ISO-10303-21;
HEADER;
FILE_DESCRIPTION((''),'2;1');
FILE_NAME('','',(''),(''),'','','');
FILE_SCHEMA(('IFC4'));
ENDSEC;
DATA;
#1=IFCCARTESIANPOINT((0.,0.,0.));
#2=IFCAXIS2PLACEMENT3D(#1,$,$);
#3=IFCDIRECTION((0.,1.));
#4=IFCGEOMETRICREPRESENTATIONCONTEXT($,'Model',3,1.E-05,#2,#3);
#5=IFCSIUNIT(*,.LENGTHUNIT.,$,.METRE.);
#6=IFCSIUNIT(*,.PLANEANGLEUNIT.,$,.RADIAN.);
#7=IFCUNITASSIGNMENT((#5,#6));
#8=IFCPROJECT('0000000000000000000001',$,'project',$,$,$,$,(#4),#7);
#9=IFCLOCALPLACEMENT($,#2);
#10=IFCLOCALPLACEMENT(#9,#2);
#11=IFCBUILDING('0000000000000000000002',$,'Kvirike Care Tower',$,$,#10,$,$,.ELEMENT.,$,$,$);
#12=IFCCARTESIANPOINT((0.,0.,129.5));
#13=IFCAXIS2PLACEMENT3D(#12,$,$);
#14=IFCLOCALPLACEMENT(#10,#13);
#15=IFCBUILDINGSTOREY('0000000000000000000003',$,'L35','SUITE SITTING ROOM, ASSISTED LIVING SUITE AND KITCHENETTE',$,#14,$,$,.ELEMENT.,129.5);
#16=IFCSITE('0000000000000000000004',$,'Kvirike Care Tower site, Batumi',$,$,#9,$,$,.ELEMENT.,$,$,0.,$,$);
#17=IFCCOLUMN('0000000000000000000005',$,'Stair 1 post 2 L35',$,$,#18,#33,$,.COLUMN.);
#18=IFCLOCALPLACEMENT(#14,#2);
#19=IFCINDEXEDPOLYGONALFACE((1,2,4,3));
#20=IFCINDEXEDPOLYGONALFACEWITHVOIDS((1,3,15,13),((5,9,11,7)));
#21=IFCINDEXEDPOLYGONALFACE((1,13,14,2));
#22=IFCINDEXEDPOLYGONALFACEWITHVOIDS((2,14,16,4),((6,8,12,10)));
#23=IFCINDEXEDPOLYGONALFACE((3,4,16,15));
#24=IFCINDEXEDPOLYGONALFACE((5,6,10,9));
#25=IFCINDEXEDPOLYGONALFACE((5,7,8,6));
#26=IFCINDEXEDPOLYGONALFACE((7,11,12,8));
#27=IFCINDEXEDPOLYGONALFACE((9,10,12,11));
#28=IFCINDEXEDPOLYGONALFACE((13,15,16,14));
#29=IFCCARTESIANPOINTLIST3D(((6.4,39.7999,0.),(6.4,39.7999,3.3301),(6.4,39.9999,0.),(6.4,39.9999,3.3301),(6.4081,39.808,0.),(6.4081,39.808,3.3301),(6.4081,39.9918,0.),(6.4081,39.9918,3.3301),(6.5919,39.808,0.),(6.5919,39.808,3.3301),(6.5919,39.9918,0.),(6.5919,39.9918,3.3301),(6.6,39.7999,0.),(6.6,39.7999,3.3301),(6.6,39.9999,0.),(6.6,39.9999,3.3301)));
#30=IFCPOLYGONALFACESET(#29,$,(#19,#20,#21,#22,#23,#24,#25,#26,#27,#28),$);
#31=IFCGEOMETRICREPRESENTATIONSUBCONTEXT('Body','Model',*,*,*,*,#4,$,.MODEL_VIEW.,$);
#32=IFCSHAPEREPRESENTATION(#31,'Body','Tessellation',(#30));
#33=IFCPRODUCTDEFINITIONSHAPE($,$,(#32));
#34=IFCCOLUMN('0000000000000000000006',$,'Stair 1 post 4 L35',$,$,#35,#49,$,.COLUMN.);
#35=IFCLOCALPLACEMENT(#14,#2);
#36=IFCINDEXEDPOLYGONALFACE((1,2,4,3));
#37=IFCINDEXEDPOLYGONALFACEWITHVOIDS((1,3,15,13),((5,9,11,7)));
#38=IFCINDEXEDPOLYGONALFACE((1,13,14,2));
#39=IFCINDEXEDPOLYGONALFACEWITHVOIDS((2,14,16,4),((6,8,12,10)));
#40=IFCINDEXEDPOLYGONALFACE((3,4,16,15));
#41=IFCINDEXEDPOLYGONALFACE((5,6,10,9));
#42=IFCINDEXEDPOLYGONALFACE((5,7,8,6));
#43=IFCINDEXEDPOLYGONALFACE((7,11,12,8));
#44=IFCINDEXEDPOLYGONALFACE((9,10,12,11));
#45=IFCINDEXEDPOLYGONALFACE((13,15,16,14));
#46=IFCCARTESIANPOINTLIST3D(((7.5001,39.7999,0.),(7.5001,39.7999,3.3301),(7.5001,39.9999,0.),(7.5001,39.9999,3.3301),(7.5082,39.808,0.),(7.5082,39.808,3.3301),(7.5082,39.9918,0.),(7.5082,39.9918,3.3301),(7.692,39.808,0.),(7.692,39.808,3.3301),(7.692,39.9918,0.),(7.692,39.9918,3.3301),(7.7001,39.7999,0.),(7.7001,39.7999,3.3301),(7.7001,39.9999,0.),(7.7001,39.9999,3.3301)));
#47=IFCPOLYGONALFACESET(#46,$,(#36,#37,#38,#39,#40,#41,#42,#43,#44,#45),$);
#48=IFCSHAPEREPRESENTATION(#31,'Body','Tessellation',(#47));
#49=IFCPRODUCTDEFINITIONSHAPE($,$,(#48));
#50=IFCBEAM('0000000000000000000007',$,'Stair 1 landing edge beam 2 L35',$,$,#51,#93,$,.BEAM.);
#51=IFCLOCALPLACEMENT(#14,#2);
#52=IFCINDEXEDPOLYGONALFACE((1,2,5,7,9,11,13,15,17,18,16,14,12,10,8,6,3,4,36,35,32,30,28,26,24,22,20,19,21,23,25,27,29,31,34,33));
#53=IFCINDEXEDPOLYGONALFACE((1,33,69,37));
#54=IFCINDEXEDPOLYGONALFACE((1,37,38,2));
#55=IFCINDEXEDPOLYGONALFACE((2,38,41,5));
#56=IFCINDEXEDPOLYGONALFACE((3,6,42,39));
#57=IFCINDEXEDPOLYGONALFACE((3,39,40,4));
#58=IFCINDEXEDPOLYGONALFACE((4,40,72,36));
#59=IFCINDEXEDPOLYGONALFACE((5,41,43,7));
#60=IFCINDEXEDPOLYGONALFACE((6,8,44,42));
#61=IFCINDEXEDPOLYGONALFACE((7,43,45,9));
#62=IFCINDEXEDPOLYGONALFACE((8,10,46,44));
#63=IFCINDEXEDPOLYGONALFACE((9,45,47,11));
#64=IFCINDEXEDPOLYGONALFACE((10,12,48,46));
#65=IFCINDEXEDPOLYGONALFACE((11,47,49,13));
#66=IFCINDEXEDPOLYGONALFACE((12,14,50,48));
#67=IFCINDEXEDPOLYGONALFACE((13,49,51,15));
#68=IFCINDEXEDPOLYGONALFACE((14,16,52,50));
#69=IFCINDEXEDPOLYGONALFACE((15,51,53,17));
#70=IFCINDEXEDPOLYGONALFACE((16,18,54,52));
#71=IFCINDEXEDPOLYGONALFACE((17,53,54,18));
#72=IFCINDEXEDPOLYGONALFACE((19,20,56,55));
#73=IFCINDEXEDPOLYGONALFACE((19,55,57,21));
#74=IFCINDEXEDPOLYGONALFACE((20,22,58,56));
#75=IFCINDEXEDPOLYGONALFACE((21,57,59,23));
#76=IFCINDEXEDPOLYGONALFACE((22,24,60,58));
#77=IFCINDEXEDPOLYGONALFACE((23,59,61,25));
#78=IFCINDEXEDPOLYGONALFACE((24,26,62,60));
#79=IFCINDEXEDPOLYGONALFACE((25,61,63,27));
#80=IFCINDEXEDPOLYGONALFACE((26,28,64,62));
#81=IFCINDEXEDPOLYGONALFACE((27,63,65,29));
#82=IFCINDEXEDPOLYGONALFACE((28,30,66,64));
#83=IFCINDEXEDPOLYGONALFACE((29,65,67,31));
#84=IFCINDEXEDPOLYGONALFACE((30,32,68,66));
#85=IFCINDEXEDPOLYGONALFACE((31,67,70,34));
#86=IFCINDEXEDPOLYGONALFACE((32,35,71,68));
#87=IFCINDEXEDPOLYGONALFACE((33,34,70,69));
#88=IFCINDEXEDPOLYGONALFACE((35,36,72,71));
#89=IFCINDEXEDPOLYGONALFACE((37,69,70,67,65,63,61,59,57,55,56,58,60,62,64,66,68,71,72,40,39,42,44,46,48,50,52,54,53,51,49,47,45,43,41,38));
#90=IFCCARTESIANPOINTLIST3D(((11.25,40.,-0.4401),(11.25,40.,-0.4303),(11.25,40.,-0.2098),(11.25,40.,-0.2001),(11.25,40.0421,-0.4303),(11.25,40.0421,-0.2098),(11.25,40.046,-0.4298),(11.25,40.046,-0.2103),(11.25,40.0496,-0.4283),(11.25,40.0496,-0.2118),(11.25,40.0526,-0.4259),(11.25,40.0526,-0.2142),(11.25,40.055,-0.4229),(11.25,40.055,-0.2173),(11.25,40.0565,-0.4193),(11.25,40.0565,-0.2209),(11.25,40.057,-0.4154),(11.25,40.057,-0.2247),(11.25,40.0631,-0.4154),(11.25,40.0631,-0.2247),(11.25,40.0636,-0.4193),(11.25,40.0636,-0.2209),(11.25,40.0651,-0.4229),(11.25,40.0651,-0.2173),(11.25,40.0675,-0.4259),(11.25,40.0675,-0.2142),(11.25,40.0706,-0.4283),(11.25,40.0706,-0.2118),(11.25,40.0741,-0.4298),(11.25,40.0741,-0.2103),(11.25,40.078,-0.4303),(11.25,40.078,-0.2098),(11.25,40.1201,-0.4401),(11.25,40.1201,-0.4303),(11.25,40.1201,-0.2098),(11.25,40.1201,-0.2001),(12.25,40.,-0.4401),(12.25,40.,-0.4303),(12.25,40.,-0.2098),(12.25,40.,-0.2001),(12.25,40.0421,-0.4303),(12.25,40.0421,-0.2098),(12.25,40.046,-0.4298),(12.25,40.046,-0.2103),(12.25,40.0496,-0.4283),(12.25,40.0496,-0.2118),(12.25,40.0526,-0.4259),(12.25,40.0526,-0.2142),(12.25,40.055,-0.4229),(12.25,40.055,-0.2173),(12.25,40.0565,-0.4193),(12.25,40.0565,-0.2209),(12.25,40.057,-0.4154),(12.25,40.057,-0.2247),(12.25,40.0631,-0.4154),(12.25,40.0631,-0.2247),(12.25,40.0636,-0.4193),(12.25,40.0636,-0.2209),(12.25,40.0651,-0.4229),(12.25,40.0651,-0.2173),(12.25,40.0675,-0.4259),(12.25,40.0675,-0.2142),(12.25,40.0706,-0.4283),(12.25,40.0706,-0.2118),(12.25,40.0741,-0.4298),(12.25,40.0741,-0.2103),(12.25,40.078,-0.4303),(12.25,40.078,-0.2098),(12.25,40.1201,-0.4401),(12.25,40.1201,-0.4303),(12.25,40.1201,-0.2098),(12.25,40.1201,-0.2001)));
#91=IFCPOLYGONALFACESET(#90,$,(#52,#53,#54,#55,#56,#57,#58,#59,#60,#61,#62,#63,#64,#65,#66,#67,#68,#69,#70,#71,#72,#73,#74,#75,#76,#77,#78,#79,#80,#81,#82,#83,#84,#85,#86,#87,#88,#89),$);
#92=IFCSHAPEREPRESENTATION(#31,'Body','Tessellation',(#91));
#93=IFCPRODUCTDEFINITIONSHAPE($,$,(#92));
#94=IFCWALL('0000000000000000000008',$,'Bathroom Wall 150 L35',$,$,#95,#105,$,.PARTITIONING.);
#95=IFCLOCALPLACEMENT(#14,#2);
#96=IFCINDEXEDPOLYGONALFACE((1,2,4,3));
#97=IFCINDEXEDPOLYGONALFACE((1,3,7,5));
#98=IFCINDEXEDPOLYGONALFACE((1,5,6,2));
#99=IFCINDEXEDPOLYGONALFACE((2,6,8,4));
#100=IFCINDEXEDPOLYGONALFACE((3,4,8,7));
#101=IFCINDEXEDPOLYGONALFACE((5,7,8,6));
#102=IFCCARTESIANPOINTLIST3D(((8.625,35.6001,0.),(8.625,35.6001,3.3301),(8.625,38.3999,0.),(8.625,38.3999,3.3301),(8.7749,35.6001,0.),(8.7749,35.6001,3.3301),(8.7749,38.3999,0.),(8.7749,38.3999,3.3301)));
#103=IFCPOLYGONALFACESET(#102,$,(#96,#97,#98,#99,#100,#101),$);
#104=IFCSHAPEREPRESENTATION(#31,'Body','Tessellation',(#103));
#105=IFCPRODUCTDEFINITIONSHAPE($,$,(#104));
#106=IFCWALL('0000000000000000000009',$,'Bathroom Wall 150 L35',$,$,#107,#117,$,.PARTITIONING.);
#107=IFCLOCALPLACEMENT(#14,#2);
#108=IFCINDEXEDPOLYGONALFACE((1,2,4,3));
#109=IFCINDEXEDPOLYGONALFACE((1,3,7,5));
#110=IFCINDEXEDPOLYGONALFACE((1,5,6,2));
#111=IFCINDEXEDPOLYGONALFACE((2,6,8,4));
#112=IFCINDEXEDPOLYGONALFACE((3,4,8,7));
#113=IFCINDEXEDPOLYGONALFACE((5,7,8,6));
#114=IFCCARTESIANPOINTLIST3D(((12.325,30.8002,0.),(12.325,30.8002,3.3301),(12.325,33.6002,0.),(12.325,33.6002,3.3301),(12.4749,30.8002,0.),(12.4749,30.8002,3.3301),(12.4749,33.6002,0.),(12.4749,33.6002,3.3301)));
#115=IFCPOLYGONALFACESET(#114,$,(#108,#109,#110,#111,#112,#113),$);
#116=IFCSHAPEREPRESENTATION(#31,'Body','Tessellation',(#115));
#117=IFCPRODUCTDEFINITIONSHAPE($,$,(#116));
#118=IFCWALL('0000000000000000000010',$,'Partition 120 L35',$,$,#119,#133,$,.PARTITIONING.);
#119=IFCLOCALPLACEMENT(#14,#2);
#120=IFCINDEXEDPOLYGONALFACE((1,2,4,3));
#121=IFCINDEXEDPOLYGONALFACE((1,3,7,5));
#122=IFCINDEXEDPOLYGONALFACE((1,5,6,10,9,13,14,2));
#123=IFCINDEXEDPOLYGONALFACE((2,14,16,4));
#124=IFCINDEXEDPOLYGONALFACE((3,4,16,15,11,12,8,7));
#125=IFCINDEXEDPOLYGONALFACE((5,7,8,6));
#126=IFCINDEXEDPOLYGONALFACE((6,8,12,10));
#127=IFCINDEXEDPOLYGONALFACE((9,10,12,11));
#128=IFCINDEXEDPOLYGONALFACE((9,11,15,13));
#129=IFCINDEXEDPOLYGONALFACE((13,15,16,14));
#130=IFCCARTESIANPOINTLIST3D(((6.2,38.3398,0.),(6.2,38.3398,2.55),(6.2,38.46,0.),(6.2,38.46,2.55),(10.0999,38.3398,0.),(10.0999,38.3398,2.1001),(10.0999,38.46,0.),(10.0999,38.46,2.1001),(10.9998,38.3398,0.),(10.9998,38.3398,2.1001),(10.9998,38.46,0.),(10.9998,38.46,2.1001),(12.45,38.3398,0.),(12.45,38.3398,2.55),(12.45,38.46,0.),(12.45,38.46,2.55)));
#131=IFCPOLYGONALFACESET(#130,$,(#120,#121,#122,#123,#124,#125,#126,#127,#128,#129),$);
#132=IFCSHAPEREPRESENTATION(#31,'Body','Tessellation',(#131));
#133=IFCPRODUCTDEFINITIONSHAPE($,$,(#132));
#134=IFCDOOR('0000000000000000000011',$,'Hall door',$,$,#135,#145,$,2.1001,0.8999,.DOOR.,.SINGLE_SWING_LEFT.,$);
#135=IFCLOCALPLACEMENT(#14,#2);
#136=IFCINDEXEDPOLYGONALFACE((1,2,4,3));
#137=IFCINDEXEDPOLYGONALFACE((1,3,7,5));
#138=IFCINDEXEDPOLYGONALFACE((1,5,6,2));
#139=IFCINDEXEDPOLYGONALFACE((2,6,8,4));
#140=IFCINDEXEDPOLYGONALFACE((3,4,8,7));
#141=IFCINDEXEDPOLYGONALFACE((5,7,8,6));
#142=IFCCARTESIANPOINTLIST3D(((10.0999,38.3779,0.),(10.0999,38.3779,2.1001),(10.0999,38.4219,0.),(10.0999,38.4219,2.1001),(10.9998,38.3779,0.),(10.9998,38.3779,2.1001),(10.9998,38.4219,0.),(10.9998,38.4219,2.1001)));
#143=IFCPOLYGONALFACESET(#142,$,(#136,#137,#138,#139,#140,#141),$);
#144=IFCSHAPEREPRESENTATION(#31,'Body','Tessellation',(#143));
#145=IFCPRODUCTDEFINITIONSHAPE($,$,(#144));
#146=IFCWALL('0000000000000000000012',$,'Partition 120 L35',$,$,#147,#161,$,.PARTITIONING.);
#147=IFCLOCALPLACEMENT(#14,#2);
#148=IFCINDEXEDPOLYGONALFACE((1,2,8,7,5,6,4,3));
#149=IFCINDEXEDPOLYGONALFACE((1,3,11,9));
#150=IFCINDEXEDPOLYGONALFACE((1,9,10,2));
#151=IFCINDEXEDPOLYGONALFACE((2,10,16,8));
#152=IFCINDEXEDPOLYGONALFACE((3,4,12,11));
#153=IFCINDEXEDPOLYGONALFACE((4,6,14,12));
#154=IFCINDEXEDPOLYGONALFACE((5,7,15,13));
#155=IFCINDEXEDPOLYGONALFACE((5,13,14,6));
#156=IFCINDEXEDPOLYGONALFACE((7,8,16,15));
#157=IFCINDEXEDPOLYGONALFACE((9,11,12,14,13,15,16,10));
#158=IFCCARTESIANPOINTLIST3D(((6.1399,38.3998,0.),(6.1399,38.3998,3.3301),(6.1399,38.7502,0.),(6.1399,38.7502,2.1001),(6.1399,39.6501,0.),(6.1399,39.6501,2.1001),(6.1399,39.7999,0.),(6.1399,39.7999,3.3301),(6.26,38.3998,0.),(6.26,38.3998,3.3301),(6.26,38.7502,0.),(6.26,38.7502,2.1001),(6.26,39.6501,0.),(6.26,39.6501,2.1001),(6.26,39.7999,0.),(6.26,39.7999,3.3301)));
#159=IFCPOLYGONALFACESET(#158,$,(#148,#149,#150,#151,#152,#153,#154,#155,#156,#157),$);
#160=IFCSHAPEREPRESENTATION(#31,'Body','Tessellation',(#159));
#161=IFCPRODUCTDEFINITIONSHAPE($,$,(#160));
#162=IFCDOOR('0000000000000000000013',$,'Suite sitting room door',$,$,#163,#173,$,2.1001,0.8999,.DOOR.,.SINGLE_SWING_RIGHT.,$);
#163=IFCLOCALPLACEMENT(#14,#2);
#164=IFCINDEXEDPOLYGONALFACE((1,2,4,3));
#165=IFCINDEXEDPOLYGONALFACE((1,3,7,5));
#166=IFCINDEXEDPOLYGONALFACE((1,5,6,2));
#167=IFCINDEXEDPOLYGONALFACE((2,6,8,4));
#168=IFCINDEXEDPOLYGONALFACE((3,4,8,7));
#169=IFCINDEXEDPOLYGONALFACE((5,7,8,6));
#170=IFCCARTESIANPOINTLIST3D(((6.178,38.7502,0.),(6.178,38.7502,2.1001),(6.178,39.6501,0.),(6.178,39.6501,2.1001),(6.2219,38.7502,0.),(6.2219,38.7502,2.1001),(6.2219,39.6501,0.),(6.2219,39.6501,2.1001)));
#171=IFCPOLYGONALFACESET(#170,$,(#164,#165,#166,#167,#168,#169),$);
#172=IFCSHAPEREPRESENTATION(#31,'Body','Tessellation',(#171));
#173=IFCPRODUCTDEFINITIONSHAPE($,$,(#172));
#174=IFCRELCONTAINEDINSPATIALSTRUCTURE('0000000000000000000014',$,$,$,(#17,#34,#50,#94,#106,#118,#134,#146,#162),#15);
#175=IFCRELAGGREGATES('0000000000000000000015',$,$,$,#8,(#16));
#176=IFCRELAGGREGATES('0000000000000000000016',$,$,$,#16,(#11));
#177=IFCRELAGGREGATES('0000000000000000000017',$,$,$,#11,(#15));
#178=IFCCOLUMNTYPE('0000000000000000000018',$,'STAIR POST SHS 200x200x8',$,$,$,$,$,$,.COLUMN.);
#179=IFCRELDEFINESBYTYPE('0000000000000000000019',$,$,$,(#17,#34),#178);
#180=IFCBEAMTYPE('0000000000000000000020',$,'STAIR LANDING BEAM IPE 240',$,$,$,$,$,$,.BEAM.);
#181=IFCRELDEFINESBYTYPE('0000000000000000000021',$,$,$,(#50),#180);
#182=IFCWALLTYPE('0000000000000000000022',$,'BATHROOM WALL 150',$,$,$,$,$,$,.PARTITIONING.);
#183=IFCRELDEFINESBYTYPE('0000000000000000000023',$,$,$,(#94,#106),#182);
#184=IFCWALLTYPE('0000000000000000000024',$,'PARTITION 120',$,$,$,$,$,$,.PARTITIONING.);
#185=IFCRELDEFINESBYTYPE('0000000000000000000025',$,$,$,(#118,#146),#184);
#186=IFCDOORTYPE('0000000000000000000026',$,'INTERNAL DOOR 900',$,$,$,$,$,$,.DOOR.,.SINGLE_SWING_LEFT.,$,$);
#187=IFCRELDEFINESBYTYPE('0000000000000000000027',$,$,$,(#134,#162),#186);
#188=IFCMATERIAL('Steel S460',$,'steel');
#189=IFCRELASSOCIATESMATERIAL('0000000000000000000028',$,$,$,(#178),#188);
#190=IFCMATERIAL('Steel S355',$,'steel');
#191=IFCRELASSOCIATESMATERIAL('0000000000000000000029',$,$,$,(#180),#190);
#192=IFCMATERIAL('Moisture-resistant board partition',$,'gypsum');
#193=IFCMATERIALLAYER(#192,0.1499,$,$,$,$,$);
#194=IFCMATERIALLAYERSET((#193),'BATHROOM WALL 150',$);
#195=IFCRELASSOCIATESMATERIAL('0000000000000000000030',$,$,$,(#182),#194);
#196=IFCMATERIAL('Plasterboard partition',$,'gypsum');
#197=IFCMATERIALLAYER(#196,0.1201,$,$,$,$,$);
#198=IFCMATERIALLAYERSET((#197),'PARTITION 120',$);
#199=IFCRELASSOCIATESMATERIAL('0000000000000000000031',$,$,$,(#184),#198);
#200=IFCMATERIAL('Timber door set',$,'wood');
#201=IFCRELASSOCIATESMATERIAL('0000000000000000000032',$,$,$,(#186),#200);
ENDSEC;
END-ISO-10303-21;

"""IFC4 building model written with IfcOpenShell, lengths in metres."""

from ifc_helpers import new_model, si_unit, direction, frame, frame_2d, origin, origin_2d, place, context, subcontext, project, spatial, rectangle, hollow_rectangle, i_section, extrude, material, layer, layer_set, material_profile, profile_set, type_object, element, fill, save


model = new_model("IFC4")

# Units and contexts
model_context = context("Model", 3, precision=1e-05, world=origin(), true_north=direction((0.0, 1.0)))
body_context = subcontext(model_context, "Body", "Model", "MODEL_VIEW")
ifc_project = project(units=[si_unit("LENGTHUNIT", "METRE"), si_unit("PLANEANGLEUNIT", "RADIAN")], contexts=[model_context])

# Site, building, storey
site_placement = place(None, origin())
site = spatial("IfcSite", under=ifc_project, at=site_placement, Name="Kvirike Care Tower site, Batumi", CompositionType="ELEMENT", RefElevation=0.0)
building_placement = place(site_placement, origin())
building = spatial("IfcBuilding", under=site, at=building_placement, Name="Kvirike Care Tower", CompositionType="ELEMENT")
storey_placement = place(building_placement, frame((0.0, 0.0, 129.5)))
storey = spatial("IfcBuildingStorey", under=building, at=storey_placement, Name="L35", Description="SUITE SITTING ROOM, ASSISTED LIVING SUITE AND KITCHENETTE", CompositionType="ELEMENT", Elevation=129.5)

# Columns
ifc_material_1 = material(Name="Steel S460", Category="steel")
ifc_material_profile_1 = material_profile(ifc_material_1, hollow_rectangle(XDim=0.2, YDim=0.2, WallThickness=0.0081, at=origin_2d()), Name="SHS 200x200x8")
ifc_profile_set_1 = profile_set([ifc_material_profile_1], Name="Steel S460")
column_type = type_object("IfcColumnType", Name="STAIR POST SHS 200x200x8", PredefinedType="COLUMN", material=ifc_profile_set_1)
for number, where, z_axis, x_axis, name in (
    (1, (6.5, 39.8999, 0.0), (0.0, 0.0, 1.0), (1.0, 0.0, 0.0), "Stair 1 post 2 L35"),
    (2, (7.6001, 39.8999, 0.0), (0.0, 0.0, 1.0), (1.0, 0.0, 0.0), "Stair 1 post 4 L35"),
):
    element("IfcColumn", number, at=place(storey_placement, frame(where, z_axis=z_axis, x_axis=x_axis)), inside=storey, type_object=column_type, Name=name, PredefinedType="COLUMN", context=body_context, shape_type="SweptSolid", body=[
        extrude(hollow_rectangle(XDim=0.2, YDim=0.2, WallThickness=0.0081, at=origin_2d()), origin(), (0.0, 0.0, 1.0), 3.3301),
    ])

# Beam
ifc_material_2 = material(Name="Steel S355", Category="steel")
ifc_material_profile_2 = material_profile(ifc_material_2, i_section(OverallWidth=0.1201, OverallDepth=0.24, WebThickness=0.0061, FlangeThickness=0.0098, FilletRadius=0.0149, at=origin_2d()), Name="IPE 240")
ifc_profile_set_2 = profile_set([ifc_material_profile_2], Name="Steel S355")
beam_type = type_object("IfcBeamType", Name="STAIR LANDING BEAM IPE 240", PredefinedType="BEAM", material=ifc_profile_set_2)
beam_placement = place(storey_placement, frame((11.25, 40.0601, -0.3201), z_axis=(1.0, 0.0, 0.0), x_axis=(0.0, 1.0, 0.0)))
element("IfcBeam", 3, at=beam_placement, inside=storey, type_object=beam_type, Name="Stair 1 landing edge beam 2 L35", PredefinedType="BEAM", context=body_context, shape_type="SweptSolid", body=[
    extrude(i_section(OverallWidth=0.1201, OverallDepth=0.24, WebThickness=0.0061, FlangeThickness=0.0098, FilletRadius=0.0149, at=origin_2d()), origin(), (0.0, 0.0, 1.0), 1.0),
])

# Walls
ifc_material_3 = material(Name="Moisture-resistant board partition", Category="gypsum")
ifc_layer_1 = layer(ifc_material_3, 0.1499)
ifc_layer_set_1 = layer_set([ifc_layer_1], Name="BATHROOM WALL 150")
wall_type_1 = type_object("IfcWallType", Name="BATHROOM WALL 150", PredefinedType="PARTITIONING", material=ifc_layer_set_1)
wall_1_placement = place(storey_placement, frame((8.7, 38.3999, 0.0), z_axis=(0.0, 0.0, 1.0), x_axis=(0.0, -1.0, 0.0)))
element("IfcWall", 4, at=wall_1_placement, inside=storey, type_object=wall_type_1, Name="Bathroom Wall 150 L35", PredefinedType="PARTITIONING", context=body_context, shape_type="SweptSolid", body=[
    extrude(rectangle(XDim=2.7998, YDim=0.1499, at=frame_2d((1.3999, 0.0))), origin(), (0.0, 0.0, 1.0), 3.3301),
])
wall_2_placement = place(storey_placement, frame((12.3999, 33.6001, 0.0), z_axis=(0.0, 0.0, 1.0), x_axis=(0.0, -1.0, 0.0)))
element("IfcWall", 5, at=wall_2_placement, inside=storey, type_object=wall_type_1, Name="Bathroom Wall 150 L35", PredefinedType="PARTITIONING", context=body_context, shape_type="SweptSolid", body=[
    extrude(rectangle(XDim=2.8, YDim=0.1499, at=frame_2d((1.3999, 0.0))), origin(), (0.0, 0.0, 1.0), 3.3301),
])

# Walls, openings, doors
ifc_material_4 = material(Name="Plasterboard partition", Category="gypsum")
ifc_layer_2 = layer(ifc_material_4, 0.1201)
ifc_layer_set_2 = layer_set([ifc_layer_2], Name="PARTITION 120")
wall_type_2 = type_object("IfcWallType", Name="PARTITION 120", PredefinedType="PARTITIONING", material=ifc_layer_set_2)
wall_3_placement = place(storey_placement, frame((6.2, 38.3999, 0.0), z_axis=(0.0, 0.0, 1.0), x_axis=(1.0, 0.0, 0.0)))
wall_3 = element("IfcWall", 6, at=wall_3_placement, inside=storey, type_object=wall_type_2, Name="Partition 120 L35", PredefinedType="PARTITIONING", context=body_context, shape_type="SweptSolid", body=[
    extrude(rectangle(XDim=6.25, YDim=0.1201, at=frame_2d((3.125, 0.0))), origin(), (0.0, 0.0, 1.0), 2.55),
])
opening_1_placement = place(wall_3_placement, frame((3.8999, 0.0, 0.0)))
opening_1 = element("IfcOpeningElement", 7, at=opening_1_placement, cuts=wall_3, PredefinedType="OPENING", context=body_context, shape_type="SweptSolid", body=[
    extrude(rectangle(XDim=0.8999, YDim=2.1001, at=frame_2d((0.45, 1.05))), frame((0.0, 0.0706, 0.0), z_axis=(0.0, -1.0, 0.0), x_axis=(1.0, 0.0, 0.0)), (0.0, 0.0, 1.0), 0.1411),
])
ifc_material_5 = material(Name="Timber door set", Category="wood")
door_type_1 = type_object("IfcDoorType", Name="INTERNAL DOOR 900", OperationType="SINGLE_SWING_LEFT", PredefinedType="DOOR", material=ifc_material_5)
door_1_placement = place(opening_1_placement, origin())
door_1 = element("IfcDoor", 8, at=door_1_placement, inside=storey, type_object=door_type_1, Name="Hall door", OperationType="SINGLE_SWING_LEFT", OverallHeight=2.1001, OverallWidth=0.8999, PredefinedType="DOOR", context=body_context, shape_type="SweptSolid", body=[
    extrude(rectangle(XDim=0.8999, YDim=2.1001, at=frame_2d((0.45, 1.05))), frame((0.0, 0.022, 0.0), z_axis=(0.0, -1.0, 0.0), x_axis=(1.0, 0.0, 0.0)), (0.0, 0.0, 1.0), 0.0439),
])
fill(opening_1, door_1)
wall_4_placement = place(storey_placement, frame((6.2, 39.8, 0.0), z_axis=(0.0, 0.0, 1.0), x_axis=(0.0, -1.0, 0.0)))
wall_4 = element("IfcWall", 9, at=wall_4_placement, inside=storey, type_object=wall_type_2, Name="Partition 120 L35", PredefinedType="PARTITIONING", context=body_context, shape_type="SweptSolid", body=[
    extrude(rectangle(XDim=1.4001, YDim=0.1201, at=frame_2d((0.7002, 0.0))), origin(), (0.0, 0.0, 1.0), 3.3301),
])
opening_2_placement = place(wall_4_placement, frame((0.1499, 0.0, 0.0)))
opening_2 = element("IfcOpeningElement", 10, at=opening_2_placement, cuts=wall_4, PredefinedType="OPENING", context=body_context, shape_type="SweptSolid", body=[
    extrude(rectangle(XDim=0.8999, YDim=2.1001, at=frame_2d((0.45, 1.05))), frame((0.0, 0.0706, 0.0), z_axis=(0.0, -1.0, 0.0), x_axis=(1.0, 0.0, 0.0)), (0.0, 0.0, 1.0), 0.1411),
])
door_2_placement = place(opening_2_placement, origin())
door_2 = element("IfcDoor", 11, at=door_2_placement, inside=storey, type_object=door_type_1, Name="Suite sitting room door", OperationType="SINGLE_SWING_RIGHT", OverallHeight=2.1001, OverallWidth=0.8999, PredefinedType="DOOR", context=body_context, shape_type="SweptSolid", body=[
    extrude(rectangle(XDim=0.8999, YDim=2.1001, at=frame_2d((0.45, 1.05))), frame((0.0, 0.022, 0.0), z_axis=(0.0, -1.0, 0.0), x_axis=(1.0, 0.0, 0.0)), (0.0, 0.0, 1.0), 0.0439),
])
fill(opening_2, door_2)

save(model, "model.ifc")
